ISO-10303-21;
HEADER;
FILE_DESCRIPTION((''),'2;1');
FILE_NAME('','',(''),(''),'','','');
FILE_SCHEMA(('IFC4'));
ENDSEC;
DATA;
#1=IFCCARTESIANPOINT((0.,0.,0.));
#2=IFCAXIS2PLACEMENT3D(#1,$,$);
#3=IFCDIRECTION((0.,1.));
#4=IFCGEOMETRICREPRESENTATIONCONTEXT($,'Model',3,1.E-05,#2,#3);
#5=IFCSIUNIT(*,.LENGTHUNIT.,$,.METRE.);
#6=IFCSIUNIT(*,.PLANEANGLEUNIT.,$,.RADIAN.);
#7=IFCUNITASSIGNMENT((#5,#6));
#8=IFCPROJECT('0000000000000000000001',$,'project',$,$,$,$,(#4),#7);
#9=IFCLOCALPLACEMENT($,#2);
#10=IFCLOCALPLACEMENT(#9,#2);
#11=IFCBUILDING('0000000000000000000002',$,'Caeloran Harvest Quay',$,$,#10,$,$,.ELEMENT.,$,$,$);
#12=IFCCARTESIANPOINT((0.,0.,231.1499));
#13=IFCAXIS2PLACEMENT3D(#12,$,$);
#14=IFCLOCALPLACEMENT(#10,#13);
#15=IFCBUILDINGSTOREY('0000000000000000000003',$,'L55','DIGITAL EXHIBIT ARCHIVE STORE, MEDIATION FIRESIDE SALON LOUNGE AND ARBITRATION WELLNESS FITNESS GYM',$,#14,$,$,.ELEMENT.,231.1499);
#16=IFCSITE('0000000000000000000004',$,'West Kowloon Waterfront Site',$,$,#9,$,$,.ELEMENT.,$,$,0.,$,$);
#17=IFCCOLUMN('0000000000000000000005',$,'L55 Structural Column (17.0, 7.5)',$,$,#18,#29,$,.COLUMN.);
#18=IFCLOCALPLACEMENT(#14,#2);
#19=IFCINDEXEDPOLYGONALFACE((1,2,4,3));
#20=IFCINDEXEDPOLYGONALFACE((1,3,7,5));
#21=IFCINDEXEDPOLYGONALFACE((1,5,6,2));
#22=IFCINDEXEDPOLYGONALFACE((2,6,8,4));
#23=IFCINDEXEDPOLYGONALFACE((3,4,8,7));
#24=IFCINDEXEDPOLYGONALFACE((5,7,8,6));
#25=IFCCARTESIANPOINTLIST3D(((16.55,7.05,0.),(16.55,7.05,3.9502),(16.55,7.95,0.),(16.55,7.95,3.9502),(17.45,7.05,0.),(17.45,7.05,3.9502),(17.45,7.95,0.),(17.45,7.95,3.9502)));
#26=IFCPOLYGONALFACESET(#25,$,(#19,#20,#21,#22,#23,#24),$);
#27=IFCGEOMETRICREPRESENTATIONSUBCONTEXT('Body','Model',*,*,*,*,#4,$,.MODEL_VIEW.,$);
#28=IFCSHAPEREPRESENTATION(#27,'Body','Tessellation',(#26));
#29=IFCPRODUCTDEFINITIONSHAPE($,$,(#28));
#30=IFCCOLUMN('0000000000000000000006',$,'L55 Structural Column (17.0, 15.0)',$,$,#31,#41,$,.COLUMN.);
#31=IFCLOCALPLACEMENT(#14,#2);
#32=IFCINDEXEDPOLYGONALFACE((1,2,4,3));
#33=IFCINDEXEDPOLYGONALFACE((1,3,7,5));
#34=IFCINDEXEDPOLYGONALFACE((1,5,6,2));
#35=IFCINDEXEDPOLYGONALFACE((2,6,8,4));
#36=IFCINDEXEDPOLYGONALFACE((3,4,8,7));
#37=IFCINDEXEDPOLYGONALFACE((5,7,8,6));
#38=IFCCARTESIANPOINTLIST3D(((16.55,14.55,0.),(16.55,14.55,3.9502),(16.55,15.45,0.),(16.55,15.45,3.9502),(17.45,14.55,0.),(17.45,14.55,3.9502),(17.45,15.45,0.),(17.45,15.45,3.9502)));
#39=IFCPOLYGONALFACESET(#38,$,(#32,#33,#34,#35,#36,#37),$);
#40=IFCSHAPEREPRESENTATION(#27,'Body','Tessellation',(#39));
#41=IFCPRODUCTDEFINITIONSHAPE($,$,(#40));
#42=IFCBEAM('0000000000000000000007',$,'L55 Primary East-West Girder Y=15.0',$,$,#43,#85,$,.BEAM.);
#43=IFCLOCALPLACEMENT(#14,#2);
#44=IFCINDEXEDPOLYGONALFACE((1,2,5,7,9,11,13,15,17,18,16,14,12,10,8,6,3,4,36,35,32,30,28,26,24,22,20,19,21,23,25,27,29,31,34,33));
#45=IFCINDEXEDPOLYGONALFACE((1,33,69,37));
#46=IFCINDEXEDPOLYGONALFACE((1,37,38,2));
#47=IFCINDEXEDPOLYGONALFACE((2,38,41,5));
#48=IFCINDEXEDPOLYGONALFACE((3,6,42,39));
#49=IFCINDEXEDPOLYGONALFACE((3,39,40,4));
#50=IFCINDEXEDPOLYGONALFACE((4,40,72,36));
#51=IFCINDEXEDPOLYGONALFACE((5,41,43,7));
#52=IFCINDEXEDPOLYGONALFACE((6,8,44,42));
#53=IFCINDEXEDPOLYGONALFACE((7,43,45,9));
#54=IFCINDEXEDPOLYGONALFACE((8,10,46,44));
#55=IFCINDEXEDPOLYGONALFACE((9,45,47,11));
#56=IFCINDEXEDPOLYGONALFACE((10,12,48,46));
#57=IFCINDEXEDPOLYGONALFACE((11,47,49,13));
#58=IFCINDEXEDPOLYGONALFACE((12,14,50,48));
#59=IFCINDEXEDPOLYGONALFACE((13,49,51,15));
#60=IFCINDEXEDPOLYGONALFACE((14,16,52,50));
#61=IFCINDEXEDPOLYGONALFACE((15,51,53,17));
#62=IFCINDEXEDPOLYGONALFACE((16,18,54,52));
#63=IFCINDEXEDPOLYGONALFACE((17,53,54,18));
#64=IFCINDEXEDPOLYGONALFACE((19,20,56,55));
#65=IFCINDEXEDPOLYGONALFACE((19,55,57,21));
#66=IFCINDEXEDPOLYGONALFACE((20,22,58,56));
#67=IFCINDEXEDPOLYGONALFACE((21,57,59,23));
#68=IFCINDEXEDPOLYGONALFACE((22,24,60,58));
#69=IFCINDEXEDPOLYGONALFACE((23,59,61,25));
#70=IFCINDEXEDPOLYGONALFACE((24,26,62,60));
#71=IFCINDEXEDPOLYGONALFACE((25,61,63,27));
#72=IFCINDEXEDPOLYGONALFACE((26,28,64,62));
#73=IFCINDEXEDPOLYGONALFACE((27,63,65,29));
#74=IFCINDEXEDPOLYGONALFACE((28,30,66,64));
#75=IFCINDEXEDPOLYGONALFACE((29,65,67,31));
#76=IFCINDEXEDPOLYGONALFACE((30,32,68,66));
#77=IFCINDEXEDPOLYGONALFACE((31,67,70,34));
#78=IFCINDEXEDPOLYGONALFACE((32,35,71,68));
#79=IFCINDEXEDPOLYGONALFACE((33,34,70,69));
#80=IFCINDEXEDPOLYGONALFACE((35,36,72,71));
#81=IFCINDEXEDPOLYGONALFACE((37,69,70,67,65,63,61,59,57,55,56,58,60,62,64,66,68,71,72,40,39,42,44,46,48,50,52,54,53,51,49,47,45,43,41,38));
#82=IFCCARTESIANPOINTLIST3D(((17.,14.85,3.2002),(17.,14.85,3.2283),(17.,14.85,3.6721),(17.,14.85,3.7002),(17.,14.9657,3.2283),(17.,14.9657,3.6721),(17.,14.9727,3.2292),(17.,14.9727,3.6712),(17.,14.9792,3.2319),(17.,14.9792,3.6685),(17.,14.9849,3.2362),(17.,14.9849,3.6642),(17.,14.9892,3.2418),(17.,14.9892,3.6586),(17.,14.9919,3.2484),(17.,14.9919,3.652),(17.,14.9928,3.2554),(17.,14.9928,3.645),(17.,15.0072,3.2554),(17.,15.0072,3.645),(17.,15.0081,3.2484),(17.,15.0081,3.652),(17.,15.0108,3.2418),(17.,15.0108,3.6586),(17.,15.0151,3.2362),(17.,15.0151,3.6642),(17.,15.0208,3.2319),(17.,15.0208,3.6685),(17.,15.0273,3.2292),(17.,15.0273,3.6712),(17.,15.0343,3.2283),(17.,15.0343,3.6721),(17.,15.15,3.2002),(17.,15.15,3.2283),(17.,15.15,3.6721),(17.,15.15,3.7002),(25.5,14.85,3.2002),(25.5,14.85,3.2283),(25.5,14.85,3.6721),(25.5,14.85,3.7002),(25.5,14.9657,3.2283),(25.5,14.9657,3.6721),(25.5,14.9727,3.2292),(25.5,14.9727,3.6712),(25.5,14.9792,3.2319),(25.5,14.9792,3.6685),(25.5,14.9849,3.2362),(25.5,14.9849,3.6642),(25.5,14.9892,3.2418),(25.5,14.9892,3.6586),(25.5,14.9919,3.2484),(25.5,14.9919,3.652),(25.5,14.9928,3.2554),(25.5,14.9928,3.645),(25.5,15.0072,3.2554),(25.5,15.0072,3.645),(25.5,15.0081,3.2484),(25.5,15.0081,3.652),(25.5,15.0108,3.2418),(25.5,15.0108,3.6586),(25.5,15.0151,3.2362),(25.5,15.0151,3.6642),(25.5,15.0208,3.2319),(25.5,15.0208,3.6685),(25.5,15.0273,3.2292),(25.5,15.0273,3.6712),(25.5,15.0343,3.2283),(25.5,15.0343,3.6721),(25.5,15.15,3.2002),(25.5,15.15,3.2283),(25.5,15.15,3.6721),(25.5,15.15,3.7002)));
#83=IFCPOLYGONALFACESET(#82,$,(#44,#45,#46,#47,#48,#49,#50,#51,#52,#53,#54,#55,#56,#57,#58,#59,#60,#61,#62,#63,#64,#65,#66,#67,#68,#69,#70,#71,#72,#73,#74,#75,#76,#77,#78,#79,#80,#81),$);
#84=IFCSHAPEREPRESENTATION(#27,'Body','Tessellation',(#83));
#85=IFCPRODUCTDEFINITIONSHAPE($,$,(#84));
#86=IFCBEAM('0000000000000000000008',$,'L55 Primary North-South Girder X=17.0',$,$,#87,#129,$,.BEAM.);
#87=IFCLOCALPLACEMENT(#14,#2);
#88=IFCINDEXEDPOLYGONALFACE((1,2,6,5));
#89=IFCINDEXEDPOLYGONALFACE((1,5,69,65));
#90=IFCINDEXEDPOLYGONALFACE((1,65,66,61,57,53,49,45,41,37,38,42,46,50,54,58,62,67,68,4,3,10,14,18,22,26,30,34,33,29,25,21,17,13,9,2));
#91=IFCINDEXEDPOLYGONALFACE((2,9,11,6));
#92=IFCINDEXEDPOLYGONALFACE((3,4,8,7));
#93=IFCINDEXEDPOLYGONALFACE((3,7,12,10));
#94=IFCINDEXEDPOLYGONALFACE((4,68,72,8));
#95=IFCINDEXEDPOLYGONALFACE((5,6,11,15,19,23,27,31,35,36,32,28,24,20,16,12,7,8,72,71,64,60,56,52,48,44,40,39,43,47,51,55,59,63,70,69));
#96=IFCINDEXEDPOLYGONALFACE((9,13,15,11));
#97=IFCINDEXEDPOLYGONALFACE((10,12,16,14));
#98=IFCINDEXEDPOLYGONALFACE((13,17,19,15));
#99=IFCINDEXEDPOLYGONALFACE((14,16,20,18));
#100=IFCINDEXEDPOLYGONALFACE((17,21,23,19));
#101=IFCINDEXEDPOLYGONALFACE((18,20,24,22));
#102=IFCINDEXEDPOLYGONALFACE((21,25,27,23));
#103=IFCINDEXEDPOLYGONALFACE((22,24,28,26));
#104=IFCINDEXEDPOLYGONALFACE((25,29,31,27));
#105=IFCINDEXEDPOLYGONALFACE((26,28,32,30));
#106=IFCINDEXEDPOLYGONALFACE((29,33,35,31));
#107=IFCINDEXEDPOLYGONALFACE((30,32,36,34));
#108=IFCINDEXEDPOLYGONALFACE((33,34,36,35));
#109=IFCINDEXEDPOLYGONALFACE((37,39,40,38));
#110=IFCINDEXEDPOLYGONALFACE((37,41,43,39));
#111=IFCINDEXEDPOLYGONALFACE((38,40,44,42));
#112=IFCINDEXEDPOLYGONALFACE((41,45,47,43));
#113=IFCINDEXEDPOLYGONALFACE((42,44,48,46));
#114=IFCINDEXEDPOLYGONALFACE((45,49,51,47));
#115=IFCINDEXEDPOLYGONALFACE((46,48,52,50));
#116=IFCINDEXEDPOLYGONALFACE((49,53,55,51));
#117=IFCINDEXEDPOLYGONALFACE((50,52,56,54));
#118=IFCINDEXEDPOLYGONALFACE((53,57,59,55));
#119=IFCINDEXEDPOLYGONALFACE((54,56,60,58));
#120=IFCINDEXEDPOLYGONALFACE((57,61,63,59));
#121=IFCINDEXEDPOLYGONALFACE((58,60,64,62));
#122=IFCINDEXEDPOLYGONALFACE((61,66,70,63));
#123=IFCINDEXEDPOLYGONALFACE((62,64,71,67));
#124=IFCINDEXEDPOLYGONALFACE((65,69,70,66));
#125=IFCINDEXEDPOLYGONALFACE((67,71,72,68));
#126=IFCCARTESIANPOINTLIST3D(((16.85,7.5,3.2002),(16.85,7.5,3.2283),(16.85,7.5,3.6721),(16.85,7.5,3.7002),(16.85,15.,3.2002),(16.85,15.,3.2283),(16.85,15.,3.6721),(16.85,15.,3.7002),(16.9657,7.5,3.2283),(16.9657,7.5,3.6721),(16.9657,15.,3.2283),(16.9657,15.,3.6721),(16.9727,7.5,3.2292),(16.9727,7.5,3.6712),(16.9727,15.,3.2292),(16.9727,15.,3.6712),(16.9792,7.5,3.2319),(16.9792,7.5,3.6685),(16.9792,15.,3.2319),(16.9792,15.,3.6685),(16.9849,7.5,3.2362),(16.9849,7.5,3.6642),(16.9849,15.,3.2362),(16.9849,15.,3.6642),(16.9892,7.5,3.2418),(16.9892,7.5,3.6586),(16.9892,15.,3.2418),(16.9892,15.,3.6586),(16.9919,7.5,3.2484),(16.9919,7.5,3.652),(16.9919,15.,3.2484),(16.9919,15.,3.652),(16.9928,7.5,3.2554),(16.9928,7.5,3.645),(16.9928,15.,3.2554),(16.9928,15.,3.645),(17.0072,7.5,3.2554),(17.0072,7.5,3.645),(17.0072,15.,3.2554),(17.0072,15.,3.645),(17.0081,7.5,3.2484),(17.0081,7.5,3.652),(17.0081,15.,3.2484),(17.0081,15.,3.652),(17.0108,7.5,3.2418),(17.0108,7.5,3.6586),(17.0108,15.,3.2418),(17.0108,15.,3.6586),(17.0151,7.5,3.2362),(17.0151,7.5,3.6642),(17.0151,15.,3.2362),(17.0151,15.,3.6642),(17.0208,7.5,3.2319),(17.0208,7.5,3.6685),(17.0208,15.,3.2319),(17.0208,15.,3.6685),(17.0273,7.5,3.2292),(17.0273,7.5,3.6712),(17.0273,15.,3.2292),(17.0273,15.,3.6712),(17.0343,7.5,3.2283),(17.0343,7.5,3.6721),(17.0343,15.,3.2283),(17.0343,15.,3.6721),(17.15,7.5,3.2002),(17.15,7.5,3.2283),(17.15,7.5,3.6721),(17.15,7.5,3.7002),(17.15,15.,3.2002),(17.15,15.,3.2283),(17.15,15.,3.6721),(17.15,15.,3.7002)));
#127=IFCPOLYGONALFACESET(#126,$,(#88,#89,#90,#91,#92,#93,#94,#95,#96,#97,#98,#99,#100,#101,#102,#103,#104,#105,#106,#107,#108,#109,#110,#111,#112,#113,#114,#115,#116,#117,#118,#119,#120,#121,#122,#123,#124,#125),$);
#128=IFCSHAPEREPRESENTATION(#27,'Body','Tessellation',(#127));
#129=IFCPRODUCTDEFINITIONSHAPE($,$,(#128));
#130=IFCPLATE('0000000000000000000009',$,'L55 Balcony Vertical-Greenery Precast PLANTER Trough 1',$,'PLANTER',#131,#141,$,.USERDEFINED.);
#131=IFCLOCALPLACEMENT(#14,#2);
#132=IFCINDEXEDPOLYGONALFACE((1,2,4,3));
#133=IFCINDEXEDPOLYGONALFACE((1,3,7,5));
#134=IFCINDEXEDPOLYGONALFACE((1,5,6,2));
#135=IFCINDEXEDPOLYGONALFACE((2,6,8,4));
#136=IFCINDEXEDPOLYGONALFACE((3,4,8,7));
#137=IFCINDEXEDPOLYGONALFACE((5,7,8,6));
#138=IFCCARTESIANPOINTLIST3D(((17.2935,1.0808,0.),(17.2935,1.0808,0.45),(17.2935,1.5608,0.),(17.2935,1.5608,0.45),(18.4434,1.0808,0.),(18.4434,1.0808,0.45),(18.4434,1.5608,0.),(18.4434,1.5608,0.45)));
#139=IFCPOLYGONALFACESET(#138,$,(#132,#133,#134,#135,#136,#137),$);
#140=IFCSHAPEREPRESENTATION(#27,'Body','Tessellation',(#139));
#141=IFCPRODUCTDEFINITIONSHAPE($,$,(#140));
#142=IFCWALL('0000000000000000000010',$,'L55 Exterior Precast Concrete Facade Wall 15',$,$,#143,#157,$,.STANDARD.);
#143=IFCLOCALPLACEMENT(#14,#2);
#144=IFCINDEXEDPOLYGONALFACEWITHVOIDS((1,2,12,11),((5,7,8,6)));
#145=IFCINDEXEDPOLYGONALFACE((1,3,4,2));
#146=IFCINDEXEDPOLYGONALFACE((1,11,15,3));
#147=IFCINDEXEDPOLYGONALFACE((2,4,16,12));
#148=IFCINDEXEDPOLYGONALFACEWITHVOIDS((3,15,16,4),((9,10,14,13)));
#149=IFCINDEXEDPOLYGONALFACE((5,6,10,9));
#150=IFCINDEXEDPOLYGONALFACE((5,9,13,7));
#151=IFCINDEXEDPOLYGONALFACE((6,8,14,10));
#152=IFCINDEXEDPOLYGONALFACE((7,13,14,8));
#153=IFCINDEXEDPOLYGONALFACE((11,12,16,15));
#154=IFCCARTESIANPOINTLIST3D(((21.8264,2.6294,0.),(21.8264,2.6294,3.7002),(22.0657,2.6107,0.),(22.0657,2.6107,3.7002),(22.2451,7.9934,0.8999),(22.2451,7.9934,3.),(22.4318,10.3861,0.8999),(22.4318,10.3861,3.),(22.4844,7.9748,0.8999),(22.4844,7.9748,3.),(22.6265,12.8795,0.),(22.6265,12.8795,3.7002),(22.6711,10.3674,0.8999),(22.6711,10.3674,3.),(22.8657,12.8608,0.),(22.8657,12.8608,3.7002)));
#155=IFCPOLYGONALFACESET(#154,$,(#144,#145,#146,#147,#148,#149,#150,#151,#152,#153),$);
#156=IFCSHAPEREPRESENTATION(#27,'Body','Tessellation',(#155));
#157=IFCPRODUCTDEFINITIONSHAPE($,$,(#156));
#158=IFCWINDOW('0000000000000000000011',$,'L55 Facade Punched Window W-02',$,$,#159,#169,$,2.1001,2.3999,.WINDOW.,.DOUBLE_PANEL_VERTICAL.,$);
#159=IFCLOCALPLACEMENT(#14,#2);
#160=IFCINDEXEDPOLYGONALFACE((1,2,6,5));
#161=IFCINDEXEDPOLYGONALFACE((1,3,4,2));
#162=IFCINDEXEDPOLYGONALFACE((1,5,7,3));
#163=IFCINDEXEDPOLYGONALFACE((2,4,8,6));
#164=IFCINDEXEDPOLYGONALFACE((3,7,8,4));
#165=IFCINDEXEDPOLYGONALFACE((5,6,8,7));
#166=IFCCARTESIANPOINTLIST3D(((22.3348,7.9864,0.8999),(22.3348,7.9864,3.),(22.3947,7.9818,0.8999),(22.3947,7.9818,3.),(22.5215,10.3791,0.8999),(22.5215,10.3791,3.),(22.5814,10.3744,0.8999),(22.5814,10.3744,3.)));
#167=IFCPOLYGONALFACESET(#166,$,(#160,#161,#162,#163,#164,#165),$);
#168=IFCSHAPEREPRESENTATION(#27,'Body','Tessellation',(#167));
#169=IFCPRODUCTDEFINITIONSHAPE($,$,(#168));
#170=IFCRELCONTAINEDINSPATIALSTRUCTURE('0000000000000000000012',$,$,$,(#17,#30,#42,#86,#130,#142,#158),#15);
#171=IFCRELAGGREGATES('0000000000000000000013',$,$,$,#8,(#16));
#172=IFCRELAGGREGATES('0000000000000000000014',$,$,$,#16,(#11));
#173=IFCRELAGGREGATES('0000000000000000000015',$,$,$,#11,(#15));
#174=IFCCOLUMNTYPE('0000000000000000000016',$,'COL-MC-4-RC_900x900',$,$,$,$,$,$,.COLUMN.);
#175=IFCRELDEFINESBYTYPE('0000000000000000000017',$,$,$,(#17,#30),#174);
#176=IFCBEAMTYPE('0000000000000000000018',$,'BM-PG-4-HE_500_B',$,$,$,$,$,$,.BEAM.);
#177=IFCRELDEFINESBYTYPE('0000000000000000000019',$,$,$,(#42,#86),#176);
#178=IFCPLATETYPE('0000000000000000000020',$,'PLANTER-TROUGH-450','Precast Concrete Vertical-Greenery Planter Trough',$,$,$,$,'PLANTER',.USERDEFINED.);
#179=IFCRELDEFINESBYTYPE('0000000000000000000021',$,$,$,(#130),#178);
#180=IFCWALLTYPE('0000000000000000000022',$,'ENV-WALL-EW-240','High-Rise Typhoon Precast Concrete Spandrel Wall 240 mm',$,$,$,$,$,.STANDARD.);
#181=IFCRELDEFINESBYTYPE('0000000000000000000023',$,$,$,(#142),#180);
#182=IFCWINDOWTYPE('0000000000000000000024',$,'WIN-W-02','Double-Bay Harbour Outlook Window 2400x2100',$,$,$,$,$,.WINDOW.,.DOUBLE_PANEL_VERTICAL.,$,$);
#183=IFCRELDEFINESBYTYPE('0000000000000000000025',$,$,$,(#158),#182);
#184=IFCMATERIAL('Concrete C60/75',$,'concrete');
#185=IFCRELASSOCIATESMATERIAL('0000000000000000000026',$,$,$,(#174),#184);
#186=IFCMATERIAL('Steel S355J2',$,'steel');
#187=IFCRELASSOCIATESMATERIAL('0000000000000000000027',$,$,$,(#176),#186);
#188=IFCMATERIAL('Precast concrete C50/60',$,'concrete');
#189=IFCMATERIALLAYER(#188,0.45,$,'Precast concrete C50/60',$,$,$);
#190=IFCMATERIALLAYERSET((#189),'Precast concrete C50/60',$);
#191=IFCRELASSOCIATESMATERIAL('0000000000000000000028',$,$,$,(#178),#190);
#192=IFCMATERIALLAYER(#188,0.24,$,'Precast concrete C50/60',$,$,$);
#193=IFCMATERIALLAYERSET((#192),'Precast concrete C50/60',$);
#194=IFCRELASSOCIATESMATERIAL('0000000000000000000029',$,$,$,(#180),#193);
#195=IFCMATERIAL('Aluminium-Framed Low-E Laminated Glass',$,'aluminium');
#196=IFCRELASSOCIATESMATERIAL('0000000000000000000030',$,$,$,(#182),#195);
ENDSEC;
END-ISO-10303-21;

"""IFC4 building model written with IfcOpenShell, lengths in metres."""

from ifc_helpers import new_model, si_unit, direction, frame, frame_2d, origin, origin_2d, place, context, subcontext, project, spatial, rectangle, i_section, extrude, material, layer, layer_set, material_profile, profile_set, type_object, element, fill, save


model = new_model("IFC4")

# Units and contexts
model_context = context("Model", 3, precision=1e-05, world=origin(), true_north=direction((0.0, 1.0)))
body_context = subcontext(model_context, "Body", "Model", "MODEL_VIEW")
ifc_project = project(units=[si_unit("LENGTHUNIT", "METRE"), si_unit("PLANEANGLEUNIT", "RADIAN")], contexts=[model_context])

# Site, building, storey
site_placement = place(None, origin())
site = spatial("IfcSite", under=ifc_project, at=site_placement, Name="West Kowloon Waterfront Site", CompositionType="ELEMENT", RefElevation=0.0)
building_placement = place(site_placement, origin())
building = spatial("IfcBuilding", under=site, at=building_placement, Name="Caeloran Harvest Quay", CompositionType="ELEMENT")
storey_placement = place(building_placement, frame((0.0, 0.0, 231.1499)))
storey = spatial("IfcBuildingStorey", under=building, at=storey_placement, Name="L55", Description="DIGITAL EXHIBIT ARCHIVE STORE, MEDIATION FIRESIDE SALON LOUNGE AND ARBITRATION WELLNESS FITNESS GYM", CompositionType="ELEMENT", Elevation=231.1499)

# Columns
ifc_material_1 = material(Name="Concrete C60/75", Category="concrete")
ifc_material_profile_1 = material_profile(ifc_material_1, rectangle(XDim=0.8999, YDim=0.8999, at=origin_2d()), Name="RC 900x900")
ifc_profile_set_1 = profile_set([ifc_material_profile_1], Name="Concrete C60/75")
column_type = type_object("IfcColumnType", Name="COL-MC-4-RC_900x900", PredefinedType="COLUMN", material=ifc_profile_set_1)
for number, where, z_axis, x_axis, name in (
    (1, (17.0, 7.5, 0.0), (0.0, 0.0, 1.0), (1.0, 0.0, 0.0), "L55 Structural Column (17.0, 7.5)"),
    (2, (17.0, 15.0, 0.0), (0.0, 0.0, 1.0), (1.0, 0.0, 0.0), "L55 Structural Column (17.0, 15.0)"),
):
    element("IfcColumn", number, at=place(storey_placement, frame(where, z_axis=z_axis, x_axis=x_axis)), inside=storey, type_object=column_type, Name=name, PredefinedType="COLUMN", context=body_context, shape_type="SweptSolid", body=[
        extrude(rectangle(XDim=0.8999, YDim=0.8999, at=origin_2d()), origin(), (0.0, 0.0, 1.0), 3.9502),
    ])

# Beams
ifc_material_2 = material(Name="Steel S355J2", Category="steel")
ifc_material_profile_2 = material_profile(ifc_material_2, i_section(OverallWidth=0.3, OverallDepth=0.5, WebThickness=0.0144, FlangeThickness=0.0281, FilletRadius=0.0271, at=origin_2d()), Name="HE 500 B")
ifc_profile_set_2 = profile_set([ifc_material_profile_2], Name="Steel S355J2")
beam_type = type_object("IfcBeamType", Name="BM-PG-4-HE_500_B", PredefinedType="BEAM", material=ifc_profile_set_2)
beam_1_placement = place(storey_placement, frame((17.0, 15.0, 3.4502), z_axis=(1.0, 0.0, 0.0), x_axis=(0.0, 1.0, 0.0)))
element("IfcBeam", 3, at=beam_1_placement, inside=storey, type_object=beam_type, Name="L55 Primary East-West Girder Y=15.0", PredefinedType="BEAM", context=body_context, shape_type="SweptSolid", body=[
    extrude(i_section(OverallWidth=0.3, OverallDepth=0.5, WebThickness=0.0144, FlangeThickness=0.0281, FilletRadius=0.0271, at=origin_2d()), origin(), (0.0, 0.0, 1.0), 8.5),
])
beam_2_placement = place(storey_placement, frame((17.0, 7.5, 3.4502), z_axis=(0.0, 1.0, 0.0), x_axis=(-1.0, 0.0, 0.0)))
element("IfcBeam", 4, at=beam_2_placement, inside=storey, type_object=beam_type, Name="L55 Primary North-South Girder X=17.0", PredefinedType="BEAM", context=body_context, shape_type="SweptSolid", body=[
    extrude(i_section(OverallWidth=0.3, OverallDepth=0.5, WebThickness=0.0144, FlangeThickness=0.0281, FilletRadius=0.0271, at=origin_2d()), origin(), (0.0, 0.0, 1.0), 7.5),
])

# Plate
ifc_material_3 = material(Name="Precast concrete C50/60", Category="concrete")
ifc_layer_1 = layer(ifc_material_3, 0.45, Name="Precast concrete C50/60")
ifc_layer_set_1 = layer_set([ifc_layer_1], Name="Precast concrete C50/60")
plate_type = type_object("IfcPlateType", Name="PLANTER-TROUGH-450", Description="Precast Concrete Vertical-Greenery Planter Trough", ElementType="PLANTER", PredefinedType="USERDEFINED", material=ifc_layer_set_1)
plate_placement = place(storey_placement, frame((17.8684, 1.3208, 0.0), z_axis=(0.0, 0.0, 1.0), x_axis=(1.0, 0.0, 0.0)))
element("IfcPlate", 5, at=plate_placement, inside=storey, type_object=plate_type, Name="L55 Balcony Vertical-Greenery Precast PLANTER Trough 1", ObjectType="PLANTER", PredefinedType="USERDEFINED", context=body_context, shape_type="SweptSolid", body=[
    extrude(rectangle(XDim=1.1499, YDim=0.48, at=origin_2d()), origin(), (0.0, 0.0, 1.0), 0.45),
])

# Wall, opening, window
ifc_layer_2 = layer(ifc_material_3, 0.24, Name="Precast concrete C50/60")
ifc_layer_set_2 = layer_set([ifc_layer_2], Name="Precast concrete C50/60")
wall_type_1 = type_object("IfcWallType", Name="ENV-WALL-EW-240", Description="High-Rise Typhoon Precast Concrete Spandrel Wall 240 mm", PredefinedType="STANDARD", material=ifc_layer_set_2)
wall_1_placement = place(storey_placement, frame((22.7461, 12.8701, 0.0), z_axis=(0.0, 0.0, 1.0), x_axis=(-0.077817, -0.996968, 0.0)))
wall_1 = element("IfcWall", 6, at=wall_1_placement, inside=storey, type_object=wall_type_1, Name="L55 Exterior Precast Concrete Facade Wall 15", PredefinedType="STANDARD", context=body_context, shape_type="SweptSolid", body=[
    extrude(rectangle(XDim=10.2812, YDim=0.24, at=frame_2d((5.1406, 0.0))), origin(), (0.0, 0.0, 1.0), 3.7002),
])
opening_1_placement = place(wall_1_placement, frame((2.501, 0.0, 0.8999)))
opening_1 = element("IfcOpeningElement", 7, at=opening_1_placement, cuts=wall_1, PredefinedType="OPENING", context=body_context, shape_type="SweptSolid", body=[
    extrude(rectangle(XDim=2.3999, YDim=2.1001, at=frame_2d((1.2, 1.05))), frame((0.0, 0.1299, 0.0), z_axis=(0.0, -1.0, 0.0), x_axis=(1.0, 0.0, 0.0)), (0.0, 0.0, 1.0), 0.26),
])
ifc_material_4 = material(Name="Aluminium-Framed Low-E Laminated Glass", Category="aluminium")
window_type = type_object("IfcWindowType", Name="WIN-W-02", Description="Double-Bay Harbour Outlook Window 2400x2100", PartitioningType="DOUBLE_PANEL_VERTICAL", PredefinedType="WINDOW", material=ifc_material_4)
window_placement = place(opening_1_placement, origin())
window = element("IfcWindow", 8, at=window_placement, inside=storey, type_object=window_type, Name="L55 Facade Punched Window W-02", OverallHeight=2.1001, OverallWidth=2.3999, PartitioningType="DOUBLE_PANEL_VERTICAL", PredefinedType="WINDOW", context=body_context, shape_type="SweptSolid", body=[
    extrude(rectangle(XDim=2.3999, YDim=2.1001, at=frame_2d((1.2, 1.05))), frame((0.0, 0.03, 0.0), z_axis=(0.0, -1.0, 0.0), x_axis=(1.0, 0.0, 0.0)), (0.0, 0.0, 1.0), 0.0601),
])
fill(opening_1, window)

save(model, "model.ifc")
